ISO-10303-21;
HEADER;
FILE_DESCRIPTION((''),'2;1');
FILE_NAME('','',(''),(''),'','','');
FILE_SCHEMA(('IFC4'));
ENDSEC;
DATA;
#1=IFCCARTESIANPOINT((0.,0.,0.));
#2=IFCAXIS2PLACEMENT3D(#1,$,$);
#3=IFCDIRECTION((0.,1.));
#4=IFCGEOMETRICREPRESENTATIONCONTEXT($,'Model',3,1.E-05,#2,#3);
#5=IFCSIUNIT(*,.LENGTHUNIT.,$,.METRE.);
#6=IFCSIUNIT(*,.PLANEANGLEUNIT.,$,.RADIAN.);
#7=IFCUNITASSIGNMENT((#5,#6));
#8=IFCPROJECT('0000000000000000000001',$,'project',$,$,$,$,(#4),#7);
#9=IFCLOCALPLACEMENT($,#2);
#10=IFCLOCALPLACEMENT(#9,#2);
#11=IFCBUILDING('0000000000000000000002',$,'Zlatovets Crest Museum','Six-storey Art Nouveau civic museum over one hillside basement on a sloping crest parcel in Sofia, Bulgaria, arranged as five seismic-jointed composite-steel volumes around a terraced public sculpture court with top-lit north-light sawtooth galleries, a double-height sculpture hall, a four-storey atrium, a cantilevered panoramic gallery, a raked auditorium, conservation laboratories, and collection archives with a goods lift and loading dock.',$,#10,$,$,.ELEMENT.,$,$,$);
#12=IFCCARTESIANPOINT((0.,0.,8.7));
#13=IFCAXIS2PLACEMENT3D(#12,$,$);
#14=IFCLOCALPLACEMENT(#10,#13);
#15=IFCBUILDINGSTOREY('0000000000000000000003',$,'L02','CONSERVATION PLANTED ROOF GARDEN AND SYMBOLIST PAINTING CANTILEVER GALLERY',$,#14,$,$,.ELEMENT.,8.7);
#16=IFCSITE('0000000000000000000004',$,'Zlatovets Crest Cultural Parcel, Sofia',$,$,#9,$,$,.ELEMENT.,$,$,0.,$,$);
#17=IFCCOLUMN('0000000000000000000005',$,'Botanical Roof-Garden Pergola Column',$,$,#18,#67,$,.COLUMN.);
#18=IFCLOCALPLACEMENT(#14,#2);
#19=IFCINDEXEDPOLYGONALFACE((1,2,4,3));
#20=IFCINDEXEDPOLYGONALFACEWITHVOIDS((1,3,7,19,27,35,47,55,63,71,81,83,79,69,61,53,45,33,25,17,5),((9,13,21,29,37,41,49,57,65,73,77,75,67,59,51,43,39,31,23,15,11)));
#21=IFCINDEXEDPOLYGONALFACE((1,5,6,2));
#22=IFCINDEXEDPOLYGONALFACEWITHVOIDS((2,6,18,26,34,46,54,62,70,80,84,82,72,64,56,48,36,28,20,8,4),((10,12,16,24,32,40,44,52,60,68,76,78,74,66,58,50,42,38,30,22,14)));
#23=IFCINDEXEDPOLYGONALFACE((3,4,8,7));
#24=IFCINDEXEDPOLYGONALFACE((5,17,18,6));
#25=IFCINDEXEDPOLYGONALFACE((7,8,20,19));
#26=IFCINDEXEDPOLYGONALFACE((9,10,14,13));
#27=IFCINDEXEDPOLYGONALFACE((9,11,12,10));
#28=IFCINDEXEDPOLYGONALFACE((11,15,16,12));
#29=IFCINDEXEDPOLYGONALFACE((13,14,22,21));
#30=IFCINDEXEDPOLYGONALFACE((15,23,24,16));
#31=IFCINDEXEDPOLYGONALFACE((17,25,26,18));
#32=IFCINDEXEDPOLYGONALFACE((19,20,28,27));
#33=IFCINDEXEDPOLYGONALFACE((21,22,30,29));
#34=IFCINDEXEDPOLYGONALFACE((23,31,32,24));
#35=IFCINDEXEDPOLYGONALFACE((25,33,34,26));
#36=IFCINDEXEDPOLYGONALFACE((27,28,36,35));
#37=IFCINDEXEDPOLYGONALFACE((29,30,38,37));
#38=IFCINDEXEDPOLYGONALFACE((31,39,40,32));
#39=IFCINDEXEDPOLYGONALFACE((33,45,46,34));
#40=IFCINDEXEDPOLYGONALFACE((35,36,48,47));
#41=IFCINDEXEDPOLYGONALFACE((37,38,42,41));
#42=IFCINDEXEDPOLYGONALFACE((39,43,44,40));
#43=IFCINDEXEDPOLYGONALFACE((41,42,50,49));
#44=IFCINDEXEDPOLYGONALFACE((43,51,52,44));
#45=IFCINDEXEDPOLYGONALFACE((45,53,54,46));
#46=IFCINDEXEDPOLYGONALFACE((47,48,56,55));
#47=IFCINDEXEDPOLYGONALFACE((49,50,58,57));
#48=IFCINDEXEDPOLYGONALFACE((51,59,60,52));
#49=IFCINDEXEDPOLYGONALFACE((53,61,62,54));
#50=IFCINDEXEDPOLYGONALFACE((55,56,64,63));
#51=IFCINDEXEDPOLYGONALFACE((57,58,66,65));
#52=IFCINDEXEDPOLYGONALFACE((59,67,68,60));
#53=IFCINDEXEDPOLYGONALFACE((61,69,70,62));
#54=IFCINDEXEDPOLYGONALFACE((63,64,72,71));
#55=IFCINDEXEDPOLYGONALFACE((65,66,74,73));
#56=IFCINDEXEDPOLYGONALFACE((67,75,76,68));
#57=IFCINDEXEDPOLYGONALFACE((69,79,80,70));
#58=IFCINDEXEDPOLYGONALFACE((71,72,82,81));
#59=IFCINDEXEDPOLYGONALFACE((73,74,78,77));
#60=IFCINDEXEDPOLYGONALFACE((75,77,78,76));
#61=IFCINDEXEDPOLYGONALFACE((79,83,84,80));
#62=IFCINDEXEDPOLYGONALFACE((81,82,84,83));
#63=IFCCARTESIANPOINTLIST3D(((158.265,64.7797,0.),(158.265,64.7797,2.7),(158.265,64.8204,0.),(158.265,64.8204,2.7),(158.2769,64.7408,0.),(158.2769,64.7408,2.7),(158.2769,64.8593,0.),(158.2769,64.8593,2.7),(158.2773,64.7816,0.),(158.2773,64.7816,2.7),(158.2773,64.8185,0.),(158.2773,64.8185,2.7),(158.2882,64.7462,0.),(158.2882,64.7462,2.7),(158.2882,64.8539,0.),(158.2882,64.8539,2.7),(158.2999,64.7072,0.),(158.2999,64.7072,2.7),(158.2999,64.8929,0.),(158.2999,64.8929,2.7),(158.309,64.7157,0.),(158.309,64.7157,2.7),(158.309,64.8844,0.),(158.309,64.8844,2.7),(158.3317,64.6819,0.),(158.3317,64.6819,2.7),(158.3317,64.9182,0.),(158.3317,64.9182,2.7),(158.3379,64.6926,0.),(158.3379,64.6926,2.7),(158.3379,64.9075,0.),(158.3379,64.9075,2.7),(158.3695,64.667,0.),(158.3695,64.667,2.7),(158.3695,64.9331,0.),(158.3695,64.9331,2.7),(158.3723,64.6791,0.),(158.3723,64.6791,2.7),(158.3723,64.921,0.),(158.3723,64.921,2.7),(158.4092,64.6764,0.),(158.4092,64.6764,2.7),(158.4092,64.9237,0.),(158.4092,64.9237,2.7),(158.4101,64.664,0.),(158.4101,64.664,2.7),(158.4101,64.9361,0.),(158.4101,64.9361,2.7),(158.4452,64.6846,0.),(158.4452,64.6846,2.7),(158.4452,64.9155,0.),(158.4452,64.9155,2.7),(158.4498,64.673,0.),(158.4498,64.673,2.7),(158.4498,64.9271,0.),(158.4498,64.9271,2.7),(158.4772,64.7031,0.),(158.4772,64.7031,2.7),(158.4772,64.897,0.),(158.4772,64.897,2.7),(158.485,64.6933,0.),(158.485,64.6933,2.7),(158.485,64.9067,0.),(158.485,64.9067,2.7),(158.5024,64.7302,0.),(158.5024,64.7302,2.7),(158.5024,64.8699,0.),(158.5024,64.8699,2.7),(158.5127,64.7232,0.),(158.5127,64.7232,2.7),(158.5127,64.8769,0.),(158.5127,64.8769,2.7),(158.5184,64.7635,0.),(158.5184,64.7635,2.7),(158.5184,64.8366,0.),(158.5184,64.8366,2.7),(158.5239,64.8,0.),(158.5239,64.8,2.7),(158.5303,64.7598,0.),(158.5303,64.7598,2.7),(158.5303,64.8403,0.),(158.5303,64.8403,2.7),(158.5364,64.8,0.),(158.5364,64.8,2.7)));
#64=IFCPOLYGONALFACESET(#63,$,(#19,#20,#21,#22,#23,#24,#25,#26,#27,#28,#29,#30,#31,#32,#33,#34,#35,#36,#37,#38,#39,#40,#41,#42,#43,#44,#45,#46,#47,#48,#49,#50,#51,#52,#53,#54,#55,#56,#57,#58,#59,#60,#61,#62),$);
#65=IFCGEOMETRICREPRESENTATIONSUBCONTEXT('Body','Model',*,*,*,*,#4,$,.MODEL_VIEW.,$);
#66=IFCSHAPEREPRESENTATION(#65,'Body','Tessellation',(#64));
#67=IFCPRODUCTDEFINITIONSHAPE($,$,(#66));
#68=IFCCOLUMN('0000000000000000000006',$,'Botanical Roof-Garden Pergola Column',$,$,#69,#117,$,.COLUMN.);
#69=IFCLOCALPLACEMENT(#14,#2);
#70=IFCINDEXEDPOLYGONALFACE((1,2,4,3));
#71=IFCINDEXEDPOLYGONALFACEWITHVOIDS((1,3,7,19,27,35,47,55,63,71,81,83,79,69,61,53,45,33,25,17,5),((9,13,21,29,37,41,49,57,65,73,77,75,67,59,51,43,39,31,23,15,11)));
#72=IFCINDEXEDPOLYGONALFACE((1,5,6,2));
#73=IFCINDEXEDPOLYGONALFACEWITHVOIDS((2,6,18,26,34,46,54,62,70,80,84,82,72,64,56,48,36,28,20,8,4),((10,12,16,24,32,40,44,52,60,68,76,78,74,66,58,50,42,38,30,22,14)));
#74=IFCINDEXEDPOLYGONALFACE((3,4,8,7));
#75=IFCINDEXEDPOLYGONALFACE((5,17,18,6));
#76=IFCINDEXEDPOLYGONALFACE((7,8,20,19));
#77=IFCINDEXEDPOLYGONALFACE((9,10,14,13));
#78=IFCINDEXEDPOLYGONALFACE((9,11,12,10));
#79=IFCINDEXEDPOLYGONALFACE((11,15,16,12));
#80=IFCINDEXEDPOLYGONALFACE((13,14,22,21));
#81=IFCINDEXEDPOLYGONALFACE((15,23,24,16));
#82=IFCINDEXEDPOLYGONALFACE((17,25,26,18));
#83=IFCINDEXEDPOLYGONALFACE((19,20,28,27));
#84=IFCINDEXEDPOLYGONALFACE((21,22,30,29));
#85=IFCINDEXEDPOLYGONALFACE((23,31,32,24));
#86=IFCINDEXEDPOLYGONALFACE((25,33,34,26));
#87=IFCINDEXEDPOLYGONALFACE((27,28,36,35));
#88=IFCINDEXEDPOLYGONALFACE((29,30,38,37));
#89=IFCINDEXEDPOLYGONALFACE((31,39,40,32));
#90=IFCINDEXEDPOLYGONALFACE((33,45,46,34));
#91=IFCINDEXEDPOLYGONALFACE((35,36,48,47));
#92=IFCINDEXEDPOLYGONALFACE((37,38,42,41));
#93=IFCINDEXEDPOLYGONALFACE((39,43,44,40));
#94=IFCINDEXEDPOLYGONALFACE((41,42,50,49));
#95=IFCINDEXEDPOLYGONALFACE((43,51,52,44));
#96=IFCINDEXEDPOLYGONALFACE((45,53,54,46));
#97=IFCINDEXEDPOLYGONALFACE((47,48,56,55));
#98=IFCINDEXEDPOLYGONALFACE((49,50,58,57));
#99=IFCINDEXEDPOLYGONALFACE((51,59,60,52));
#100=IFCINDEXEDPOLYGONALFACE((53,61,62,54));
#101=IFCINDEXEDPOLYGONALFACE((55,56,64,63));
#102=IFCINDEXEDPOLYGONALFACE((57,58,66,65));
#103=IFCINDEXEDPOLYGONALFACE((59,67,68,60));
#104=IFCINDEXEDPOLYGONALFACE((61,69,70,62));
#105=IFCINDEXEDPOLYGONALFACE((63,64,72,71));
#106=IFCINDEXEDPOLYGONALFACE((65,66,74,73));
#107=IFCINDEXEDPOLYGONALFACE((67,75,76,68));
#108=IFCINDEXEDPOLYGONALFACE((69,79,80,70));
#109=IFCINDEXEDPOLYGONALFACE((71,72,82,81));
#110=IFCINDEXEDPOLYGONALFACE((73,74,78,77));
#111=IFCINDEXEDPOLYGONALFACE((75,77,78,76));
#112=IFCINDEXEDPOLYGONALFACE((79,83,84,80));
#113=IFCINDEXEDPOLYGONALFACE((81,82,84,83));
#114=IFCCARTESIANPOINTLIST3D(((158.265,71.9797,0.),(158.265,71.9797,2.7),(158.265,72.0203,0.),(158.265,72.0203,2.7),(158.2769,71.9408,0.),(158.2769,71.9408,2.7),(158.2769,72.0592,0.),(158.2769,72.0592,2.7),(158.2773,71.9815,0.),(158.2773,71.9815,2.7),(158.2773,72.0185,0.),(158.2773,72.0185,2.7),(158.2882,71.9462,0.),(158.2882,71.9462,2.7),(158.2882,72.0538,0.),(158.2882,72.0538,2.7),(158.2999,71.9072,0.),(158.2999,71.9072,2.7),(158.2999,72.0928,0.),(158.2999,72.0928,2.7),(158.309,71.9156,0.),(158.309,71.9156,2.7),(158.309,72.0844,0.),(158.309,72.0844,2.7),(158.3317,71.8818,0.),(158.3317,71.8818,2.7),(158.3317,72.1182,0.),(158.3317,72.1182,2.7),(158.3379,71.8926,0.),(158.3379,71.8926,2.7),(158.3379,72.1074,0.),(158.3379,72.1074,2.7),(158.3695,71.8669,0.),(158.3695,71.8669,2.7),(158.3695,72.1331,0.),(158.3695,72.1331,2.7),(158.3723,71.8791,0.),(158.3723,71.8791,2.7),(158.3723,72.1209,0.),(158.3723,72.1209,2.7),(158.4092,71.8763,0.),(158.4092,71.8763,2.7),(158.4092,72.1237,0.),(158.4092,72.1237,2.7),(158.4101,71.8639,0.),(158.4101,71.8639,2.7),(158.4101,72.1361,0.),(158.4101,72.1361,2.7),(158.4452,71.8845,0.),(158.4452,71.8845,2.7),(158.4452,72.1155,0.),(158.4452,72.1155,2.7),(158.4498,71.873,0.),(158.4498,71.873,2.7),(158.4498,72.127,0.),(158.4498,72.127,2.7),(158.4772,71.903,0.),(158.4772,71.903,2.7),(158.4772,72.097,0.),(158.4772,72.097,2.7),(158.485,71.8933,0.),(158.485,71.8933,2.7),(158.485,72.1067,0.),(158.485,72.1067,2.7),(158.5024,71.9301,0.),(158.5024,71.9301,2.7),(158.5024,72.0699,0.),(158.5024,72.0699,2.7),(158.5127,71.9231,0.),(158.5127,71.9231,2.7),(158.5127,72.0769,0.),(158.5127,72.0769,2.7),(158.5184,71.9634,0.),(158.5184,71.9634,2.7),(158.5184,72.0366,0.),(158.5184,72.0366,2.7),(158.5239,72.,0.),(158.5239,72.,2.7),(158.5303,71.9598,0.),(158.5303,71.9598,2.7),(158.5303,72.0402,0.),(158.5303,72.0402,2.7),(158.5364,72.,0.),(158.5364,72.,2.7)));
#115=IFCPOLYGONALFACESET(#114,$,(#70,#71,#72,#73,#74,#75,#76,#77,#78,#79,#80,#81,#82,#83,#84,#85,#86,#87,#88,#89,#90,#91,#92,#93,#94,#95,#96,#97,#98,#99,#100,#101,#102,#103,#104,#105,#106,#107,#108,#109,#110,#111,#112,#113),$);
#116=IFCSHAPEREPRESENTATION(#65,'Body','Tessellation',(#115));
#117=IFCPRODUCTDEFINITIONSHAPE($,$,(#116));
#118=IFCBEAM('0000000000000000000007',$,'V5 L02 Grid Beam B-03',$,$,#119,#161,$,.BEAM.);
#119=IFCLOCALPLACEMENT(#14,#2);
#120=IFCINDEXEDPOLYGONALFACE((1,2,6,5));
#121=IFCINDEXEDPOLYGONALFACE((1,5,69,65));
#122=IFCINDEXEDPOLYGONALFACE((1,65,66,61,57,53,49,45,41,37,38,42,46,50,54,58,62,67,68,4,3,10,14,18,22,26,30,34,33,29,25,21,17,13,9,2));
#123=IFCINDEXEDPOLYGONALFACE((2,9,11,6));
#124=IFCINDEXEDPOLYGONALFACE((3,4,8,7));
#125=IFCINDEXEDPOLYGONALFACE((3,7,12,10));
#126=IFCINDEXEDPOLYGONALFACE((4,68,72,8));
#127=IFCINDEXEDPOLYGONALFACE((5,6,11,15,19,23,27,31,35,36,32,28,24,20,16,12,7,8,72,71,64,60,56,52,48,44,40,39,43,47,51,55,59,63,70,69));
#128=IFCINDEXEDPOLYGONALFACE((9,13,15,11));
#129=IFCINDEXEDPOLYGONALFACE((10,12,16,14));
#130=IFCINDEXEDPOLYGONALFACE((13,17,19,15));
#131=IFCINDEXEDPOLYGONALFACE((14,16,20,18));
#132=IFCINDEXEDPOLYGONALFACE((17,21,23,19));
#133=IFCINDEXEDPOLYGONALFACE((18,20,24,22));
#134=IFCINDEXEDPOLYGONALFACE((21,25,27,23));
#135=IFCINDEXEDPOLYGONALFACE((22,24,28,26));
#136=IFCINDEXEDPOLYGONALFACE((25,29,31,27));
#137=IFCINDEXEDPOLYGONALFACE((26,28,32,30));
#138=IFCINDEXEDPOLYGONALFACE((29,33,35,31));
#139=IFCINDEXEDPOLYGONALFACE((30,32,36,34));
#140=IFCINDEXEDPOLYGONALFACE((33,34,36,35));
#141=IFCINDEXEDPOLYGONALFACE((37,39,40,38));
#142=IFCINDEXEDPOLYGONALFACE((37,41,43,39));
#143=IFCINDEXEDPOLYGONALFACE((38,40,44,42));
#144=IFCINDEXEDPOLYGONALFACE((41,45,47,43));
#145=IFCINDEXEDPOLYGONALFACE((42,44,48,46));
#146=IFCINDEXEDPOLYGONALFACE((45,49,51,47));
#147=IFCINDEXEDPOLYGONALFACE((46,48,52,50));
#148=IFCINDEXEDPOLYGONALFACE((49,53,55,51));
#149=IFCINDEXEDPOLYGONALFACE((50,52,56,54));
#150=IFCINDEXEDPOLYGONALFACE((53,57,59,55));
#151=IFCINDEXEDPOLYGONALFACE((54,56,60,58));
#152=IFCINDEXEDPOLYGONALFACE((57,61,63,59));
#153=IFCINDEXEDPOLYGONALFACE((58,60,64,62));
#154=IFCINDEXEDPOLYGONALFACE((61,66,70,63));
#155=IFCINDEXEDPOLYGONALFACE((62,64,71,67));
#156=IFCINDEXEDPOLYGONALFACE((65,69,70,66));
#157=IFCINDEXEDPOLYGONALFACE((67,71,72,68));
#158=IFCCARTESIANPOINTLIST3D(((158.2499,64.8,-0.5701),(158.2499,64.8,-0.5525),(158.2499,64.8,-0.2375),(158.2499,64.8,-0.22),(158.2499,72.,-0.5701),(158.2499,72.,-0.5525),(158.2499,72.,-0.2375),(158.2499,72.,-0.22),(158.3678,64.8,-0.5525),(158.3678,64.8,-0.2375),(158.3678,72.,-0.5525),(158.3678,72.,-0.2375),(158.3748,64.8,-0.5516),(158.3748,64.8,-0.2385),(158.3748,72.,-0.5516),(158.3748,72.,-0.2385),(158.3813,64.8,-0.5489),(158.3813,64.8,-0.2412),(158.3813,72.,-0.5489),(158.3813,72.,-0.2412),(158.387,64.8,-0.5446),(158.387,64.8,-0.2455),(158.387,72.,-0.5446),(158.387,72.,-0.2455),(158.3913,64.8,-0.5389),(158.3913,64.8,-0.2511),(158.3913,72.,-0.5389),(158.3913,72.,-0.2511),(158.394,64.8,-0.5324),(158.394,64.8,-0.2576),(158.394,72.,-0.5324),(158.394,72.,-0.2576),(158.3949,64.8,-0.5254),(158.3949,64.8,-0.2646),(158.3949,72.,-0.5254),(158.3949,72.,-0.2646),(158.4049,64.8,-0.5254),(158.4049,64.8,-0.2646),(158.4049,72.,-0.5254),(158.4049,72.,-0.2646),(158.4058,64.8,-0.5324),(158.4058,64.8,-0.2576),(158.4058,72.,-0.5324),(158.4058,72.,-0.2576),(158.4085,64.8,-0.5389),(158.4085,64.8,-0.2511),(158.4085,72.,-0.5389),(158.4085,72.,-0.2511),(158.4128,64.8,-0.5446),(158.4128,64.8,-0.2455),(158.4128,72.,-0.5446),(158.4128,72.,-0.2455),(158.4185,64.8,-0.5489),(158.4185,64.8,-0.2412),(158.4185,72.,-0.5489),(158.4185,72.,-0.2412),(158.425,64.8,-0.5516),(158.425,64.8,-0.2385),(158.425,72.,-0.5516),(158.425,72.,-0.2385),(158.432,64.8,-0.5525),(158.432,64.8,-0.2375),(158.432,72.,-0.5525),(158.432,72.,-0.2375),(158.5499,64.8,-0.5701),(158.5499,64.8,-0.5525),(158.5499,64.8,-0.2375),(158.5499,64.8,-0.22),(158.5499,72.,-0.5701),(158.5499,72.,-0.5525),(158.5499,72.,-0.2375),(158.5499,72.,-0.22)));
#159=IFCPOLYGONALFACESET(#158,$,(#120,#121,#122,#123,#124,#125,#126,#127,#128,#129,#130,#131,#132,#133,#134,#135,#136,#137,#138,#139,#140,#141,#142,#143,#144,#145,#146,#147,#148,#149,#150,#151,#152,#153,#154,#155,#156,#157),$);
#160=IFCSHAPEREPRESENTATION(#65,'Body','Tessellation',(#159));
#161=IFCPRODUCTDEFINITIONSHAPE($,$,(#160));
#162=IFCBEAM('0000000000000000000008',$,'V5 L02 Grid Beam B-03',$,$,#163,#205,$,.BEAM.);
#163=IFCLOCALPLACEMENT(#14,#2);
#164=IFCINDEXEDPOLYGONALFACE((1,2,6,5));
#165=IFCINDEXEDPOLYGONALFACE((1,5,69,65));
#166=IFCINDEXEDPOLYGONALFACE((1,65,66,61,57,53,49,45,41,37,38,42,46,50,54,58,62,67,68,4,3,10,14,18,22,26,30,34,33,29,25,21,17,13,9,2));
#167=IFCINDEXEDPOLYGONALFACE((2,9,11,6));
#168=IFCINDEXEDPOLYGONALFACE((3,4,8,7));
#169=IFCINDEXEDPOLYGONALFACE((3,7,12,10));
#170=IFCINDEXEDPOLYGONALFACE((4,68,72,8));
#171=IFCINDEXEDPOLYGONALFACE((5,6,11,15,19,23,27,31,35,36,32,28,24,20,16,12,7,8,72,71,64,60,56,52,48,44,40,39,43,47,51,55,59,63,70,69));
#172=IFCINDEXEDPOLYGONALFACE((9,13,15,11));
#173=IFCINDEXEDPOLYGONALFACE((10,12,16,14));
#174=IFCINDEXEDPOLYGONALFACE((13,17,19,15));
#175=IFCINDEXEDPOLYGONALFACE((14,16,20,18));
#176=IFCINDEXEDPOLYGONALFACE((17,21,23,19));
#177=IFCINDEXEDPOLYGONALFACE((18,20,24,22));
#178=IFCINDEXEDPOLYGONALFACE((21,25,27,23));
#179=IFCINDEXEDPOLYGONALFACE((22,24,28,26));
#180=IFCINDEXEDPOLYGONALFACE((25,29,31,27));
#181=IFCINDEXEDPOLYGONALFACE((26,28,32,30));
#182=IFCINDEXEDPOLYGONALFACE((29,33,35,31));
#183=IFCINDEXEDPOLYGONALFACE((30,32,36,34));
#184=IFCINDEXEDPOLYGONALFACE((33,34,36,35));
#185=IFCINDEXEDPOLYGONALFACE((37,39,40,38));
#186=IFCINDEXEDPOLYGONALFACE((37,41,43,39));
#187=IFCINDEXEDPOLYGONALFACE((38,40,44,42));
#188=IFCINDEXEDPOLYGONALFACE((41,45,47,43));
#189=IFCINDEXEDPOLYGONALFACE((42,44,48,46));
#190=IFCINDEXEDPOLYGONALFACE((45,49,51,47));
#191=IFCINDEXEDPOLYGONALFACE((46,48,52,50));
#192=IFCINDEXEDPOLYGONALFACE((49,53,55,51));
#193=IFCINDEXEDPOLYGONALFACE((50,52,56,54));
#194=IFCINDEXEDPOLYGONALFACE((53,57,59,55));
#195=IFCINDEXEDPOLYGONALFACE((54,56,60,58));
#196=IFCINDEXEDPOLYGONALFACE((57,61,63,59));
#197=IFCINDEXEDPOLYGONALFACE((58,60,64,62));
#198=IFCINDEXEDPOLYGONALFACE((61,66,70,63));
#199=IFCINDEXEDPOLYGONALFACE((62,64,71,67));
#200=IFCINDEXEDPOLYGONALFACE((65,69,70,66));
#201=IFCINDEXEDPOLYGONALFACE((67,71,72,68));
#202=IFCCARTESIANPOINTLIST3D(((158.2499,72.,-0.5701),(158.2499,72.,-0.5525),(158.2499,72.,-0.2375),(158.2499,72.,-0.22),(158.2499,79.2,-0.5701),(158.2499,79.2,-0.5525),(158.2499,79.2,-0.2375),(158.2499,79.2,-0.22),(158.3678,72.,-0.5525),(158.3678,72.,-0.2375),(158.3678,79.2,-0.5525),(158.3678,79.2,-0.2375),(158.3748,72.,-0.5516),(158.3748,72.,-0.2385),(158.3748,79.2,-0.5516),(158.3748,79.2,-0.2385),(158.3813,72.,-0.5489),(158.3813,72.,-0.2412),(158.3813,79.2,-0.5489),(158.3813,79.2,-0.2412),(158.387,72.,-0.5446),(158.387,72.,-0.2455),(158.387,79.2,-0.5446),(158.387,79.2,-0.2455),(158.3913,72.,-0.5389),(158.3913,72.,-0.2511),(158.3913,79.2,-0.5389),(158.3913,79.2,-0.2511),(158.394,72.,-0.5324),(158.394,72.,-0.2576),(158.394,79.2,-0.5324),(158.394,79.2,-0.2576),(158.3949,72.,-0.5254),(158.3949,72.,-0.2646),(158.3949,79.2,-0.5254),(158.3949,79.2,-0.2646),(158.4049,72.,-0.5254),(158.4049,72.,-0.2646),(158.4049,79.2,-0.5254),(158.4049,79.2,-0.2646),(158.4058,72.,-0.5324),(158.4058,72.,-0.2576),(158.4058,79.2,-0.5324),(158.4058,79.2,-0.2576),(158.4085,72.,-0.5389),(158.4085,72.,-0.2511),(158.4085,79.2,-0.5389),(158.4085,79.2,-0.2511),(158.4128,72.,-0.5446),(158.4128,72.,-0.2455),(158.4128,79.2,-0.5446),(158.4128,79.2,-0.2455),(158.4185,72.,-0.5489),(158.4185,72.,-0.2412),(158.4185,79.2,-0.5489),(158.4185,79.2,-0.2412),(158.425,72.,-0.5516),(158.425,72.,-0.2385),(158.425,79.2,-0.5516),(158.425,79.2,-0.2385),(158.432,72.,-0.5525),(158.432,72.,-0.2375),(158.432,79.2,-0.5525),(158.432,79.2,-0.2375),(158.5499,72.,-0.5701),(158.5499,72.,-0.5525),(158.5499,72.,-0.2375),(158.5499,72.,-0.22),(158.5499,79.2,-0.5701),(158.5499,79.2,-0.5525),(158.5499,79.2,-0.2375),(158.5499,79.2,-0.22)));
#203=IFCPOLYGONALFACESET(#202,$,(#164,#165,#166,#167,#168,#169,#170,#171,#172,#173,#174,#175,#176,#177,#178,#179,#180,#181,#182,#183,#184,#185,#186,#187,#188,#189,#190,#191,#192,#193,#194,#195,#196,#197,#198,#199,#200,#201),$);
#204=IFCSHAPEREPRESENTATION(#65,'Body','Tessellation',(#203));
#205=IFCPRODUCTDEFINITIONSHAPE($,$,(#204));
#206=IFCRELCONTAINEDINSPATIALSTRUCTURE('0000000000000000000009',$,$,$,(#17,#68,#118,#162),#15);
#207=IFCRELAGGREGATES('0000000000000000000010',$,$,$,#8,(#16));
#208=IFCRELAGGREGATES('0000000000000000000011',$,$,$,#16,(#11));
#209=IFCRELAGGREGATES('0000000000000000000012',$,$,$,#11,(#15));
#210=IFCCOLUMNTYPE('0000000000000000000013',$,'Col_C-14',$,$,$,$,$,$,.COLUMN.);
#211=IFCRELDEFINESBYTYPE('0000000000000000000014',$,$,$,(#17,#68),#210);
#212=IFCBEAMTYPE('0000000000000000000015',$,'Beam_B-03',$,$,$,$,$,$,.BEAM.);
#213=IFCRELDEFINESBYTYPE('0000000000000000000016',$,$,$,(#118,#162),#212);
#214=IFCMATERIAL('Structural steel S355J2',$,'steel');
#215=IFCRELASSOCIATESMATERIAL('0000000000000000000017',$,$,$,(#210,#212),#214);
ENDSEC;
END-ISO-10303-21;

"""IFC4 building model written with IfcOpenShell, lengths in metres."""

from ifc_helpers import new_model, si_unit, direction, frame, origin, origin_2d, place, context, subcontext, project, spatial, hollow_circle, i_section, extrude, material, material_profile, profile_set, type_object, element, save


model = new_model("IFC4")

# Units and contexts
model_context = context("Model", 3, precision=1e-05, world=origin(), true_north=direction((0.0, 1.0)))
body_context = subcontext(model_context, "Body", "Model", "MODEL_VIEW")
ifc_project = project(units=[si_unit("LENGTHUNIT", "METRE"), si_unit("PLANEANGLEUNIT", "RADIAN")], contexts=[model_context])

# Site, building, storey
site_placement = place(None, origin())
site = spatial("IfcSite", under=ifc_project, at=site_placement, Name="Zlatovets Crest Cultural Parcel, Sofia", CompositionType="ELEMENT", RefElevation=0.0)
building_placement = place(site_placement, origin())
building = spatial("IfcBuilding", under=site, at=building_placement, Name="Zlatovets Crest Museum", Description="Six-storey Art Nouveau civic museum over one hillside basement on a sloping crest parcel in Sofia, Bulgaria, arranged as five seismic-jointed composite-steel volumes around a terraced public sculpture court with top-lit north-light sawtooth galleries, a double-height sculpture hall, a four-storey atrium, a cantilevered panoramic gallery, a raked auditorium, conservation laboratories, and collection archives with a goods lift and loading dock.", CompositionType="ELEMENT")
storey_placement = place(building_placement, frame((0.0, 0.0, 8.7)))
storey = spatial("IfcBuildingStorey", under=building, at=storey_placement, Name="L02", Description="CONSERVATION PLANTED ROOF GARDEN AND SYMBOLIST PAINTING CANTILEVER GALLERY", CompositionType="ELEMENT", Elevation=8.7)

# Columns
ifc_material_1 = material(Name="Structural steel S355J2", Category="steel")
ifc_material_profile_1 = material_profile(ifc_material_1, hollow_circle(Radius=0.1365, WallThickness=0.0125, at=origin_2d()), Name="CHS 273.0x12.5")
ifc_profile_set_1 = profile_set([ifc_material_profile_1], Name="Structural steel S355J2")
column_type = type_object("IfcColumnType", Name="Col_C-14", PredefinedType="COLUMN", material=ifc_profile_set_1)
for number, where, z_axis, x_axis, name in (
    (1, (158.3999, 64.8, 0.0), (0.0, 0.0, 1.0), (1.0, 0.0, 0.0), "Botanical Roof-Garden Pergola Column"),
    (2, (158.3999, 72.0, 0.0), (0.0, 0.0, 1.0), (1.0, 0.0, 0.0), "Botanical Roof-Garden Pergola Column"),
):
    element("IfcColumn", number, at=place(storey_placement, frame(where, z_axis=z_axis, x_axis=x_axis)), inside=storey, type_object=column_type, Name=name, PredefinedType="COLUMN", context=body_context, shape_type="SweptSolid", body=[
        extrude(hollow_circle(Radius=0.1365, WallThickness=0.0125, at=origin_2d()), origin(), (0.0, 0.0, 1.0), 2.7),
    ])

# Beams
ifc_material_profile_2 = material_profile(ifc_material_1, i_section(OverallWidth=0.3, OverallDepth=0.3501, WebThickness=0.01, FlangeThickness=0.0176, FilletRadius=0.0271, at=origin_2d()), Name="HEA 360")
ifc_profile_set_2 = profile_set([ifc_material_profile_2], Name="Structural steel S355J2")
beam_type_1 = type_object("IfcBeamType", Name="Beam_B-03", PredefinedType="BEAM", material=ifc_profile_set_2)
for number, where, z_axis, x_axis, name in (
    (3, (158.3999, 64.8, -0.395), (0.0, 1.0, 0.0), (-1.0, 0.0, 0.0), "V5 L02 Grid Beam B-03"),
    (4, (158.3999, 72.0, -0.395), (0.0, 1.0, 0.0), (-1.0, 0.0, 0.0), "V5 L02 Grid Beam B-03"),
):
    element("IfcBeam", number, at=place(storey_placement, frame(where, z_axis=z_axis, x_axis=x_axis)), inside=storey, type_object=beam_type_1, Name=name, PredefinedType="BEAM", context=body_context, shape_type="SweptSolid", body=[
        extrude(i_section(OverallWidth=0.3, OverallDepth=0.3501, WebThickness=0.01, FlangeThickness=0.0176, FilletRadius=0.0271, at=origin_2d()), origin(), (0.0, 0.0, 1.0), 7.2),
    ])

save(model, "model.ifc")
